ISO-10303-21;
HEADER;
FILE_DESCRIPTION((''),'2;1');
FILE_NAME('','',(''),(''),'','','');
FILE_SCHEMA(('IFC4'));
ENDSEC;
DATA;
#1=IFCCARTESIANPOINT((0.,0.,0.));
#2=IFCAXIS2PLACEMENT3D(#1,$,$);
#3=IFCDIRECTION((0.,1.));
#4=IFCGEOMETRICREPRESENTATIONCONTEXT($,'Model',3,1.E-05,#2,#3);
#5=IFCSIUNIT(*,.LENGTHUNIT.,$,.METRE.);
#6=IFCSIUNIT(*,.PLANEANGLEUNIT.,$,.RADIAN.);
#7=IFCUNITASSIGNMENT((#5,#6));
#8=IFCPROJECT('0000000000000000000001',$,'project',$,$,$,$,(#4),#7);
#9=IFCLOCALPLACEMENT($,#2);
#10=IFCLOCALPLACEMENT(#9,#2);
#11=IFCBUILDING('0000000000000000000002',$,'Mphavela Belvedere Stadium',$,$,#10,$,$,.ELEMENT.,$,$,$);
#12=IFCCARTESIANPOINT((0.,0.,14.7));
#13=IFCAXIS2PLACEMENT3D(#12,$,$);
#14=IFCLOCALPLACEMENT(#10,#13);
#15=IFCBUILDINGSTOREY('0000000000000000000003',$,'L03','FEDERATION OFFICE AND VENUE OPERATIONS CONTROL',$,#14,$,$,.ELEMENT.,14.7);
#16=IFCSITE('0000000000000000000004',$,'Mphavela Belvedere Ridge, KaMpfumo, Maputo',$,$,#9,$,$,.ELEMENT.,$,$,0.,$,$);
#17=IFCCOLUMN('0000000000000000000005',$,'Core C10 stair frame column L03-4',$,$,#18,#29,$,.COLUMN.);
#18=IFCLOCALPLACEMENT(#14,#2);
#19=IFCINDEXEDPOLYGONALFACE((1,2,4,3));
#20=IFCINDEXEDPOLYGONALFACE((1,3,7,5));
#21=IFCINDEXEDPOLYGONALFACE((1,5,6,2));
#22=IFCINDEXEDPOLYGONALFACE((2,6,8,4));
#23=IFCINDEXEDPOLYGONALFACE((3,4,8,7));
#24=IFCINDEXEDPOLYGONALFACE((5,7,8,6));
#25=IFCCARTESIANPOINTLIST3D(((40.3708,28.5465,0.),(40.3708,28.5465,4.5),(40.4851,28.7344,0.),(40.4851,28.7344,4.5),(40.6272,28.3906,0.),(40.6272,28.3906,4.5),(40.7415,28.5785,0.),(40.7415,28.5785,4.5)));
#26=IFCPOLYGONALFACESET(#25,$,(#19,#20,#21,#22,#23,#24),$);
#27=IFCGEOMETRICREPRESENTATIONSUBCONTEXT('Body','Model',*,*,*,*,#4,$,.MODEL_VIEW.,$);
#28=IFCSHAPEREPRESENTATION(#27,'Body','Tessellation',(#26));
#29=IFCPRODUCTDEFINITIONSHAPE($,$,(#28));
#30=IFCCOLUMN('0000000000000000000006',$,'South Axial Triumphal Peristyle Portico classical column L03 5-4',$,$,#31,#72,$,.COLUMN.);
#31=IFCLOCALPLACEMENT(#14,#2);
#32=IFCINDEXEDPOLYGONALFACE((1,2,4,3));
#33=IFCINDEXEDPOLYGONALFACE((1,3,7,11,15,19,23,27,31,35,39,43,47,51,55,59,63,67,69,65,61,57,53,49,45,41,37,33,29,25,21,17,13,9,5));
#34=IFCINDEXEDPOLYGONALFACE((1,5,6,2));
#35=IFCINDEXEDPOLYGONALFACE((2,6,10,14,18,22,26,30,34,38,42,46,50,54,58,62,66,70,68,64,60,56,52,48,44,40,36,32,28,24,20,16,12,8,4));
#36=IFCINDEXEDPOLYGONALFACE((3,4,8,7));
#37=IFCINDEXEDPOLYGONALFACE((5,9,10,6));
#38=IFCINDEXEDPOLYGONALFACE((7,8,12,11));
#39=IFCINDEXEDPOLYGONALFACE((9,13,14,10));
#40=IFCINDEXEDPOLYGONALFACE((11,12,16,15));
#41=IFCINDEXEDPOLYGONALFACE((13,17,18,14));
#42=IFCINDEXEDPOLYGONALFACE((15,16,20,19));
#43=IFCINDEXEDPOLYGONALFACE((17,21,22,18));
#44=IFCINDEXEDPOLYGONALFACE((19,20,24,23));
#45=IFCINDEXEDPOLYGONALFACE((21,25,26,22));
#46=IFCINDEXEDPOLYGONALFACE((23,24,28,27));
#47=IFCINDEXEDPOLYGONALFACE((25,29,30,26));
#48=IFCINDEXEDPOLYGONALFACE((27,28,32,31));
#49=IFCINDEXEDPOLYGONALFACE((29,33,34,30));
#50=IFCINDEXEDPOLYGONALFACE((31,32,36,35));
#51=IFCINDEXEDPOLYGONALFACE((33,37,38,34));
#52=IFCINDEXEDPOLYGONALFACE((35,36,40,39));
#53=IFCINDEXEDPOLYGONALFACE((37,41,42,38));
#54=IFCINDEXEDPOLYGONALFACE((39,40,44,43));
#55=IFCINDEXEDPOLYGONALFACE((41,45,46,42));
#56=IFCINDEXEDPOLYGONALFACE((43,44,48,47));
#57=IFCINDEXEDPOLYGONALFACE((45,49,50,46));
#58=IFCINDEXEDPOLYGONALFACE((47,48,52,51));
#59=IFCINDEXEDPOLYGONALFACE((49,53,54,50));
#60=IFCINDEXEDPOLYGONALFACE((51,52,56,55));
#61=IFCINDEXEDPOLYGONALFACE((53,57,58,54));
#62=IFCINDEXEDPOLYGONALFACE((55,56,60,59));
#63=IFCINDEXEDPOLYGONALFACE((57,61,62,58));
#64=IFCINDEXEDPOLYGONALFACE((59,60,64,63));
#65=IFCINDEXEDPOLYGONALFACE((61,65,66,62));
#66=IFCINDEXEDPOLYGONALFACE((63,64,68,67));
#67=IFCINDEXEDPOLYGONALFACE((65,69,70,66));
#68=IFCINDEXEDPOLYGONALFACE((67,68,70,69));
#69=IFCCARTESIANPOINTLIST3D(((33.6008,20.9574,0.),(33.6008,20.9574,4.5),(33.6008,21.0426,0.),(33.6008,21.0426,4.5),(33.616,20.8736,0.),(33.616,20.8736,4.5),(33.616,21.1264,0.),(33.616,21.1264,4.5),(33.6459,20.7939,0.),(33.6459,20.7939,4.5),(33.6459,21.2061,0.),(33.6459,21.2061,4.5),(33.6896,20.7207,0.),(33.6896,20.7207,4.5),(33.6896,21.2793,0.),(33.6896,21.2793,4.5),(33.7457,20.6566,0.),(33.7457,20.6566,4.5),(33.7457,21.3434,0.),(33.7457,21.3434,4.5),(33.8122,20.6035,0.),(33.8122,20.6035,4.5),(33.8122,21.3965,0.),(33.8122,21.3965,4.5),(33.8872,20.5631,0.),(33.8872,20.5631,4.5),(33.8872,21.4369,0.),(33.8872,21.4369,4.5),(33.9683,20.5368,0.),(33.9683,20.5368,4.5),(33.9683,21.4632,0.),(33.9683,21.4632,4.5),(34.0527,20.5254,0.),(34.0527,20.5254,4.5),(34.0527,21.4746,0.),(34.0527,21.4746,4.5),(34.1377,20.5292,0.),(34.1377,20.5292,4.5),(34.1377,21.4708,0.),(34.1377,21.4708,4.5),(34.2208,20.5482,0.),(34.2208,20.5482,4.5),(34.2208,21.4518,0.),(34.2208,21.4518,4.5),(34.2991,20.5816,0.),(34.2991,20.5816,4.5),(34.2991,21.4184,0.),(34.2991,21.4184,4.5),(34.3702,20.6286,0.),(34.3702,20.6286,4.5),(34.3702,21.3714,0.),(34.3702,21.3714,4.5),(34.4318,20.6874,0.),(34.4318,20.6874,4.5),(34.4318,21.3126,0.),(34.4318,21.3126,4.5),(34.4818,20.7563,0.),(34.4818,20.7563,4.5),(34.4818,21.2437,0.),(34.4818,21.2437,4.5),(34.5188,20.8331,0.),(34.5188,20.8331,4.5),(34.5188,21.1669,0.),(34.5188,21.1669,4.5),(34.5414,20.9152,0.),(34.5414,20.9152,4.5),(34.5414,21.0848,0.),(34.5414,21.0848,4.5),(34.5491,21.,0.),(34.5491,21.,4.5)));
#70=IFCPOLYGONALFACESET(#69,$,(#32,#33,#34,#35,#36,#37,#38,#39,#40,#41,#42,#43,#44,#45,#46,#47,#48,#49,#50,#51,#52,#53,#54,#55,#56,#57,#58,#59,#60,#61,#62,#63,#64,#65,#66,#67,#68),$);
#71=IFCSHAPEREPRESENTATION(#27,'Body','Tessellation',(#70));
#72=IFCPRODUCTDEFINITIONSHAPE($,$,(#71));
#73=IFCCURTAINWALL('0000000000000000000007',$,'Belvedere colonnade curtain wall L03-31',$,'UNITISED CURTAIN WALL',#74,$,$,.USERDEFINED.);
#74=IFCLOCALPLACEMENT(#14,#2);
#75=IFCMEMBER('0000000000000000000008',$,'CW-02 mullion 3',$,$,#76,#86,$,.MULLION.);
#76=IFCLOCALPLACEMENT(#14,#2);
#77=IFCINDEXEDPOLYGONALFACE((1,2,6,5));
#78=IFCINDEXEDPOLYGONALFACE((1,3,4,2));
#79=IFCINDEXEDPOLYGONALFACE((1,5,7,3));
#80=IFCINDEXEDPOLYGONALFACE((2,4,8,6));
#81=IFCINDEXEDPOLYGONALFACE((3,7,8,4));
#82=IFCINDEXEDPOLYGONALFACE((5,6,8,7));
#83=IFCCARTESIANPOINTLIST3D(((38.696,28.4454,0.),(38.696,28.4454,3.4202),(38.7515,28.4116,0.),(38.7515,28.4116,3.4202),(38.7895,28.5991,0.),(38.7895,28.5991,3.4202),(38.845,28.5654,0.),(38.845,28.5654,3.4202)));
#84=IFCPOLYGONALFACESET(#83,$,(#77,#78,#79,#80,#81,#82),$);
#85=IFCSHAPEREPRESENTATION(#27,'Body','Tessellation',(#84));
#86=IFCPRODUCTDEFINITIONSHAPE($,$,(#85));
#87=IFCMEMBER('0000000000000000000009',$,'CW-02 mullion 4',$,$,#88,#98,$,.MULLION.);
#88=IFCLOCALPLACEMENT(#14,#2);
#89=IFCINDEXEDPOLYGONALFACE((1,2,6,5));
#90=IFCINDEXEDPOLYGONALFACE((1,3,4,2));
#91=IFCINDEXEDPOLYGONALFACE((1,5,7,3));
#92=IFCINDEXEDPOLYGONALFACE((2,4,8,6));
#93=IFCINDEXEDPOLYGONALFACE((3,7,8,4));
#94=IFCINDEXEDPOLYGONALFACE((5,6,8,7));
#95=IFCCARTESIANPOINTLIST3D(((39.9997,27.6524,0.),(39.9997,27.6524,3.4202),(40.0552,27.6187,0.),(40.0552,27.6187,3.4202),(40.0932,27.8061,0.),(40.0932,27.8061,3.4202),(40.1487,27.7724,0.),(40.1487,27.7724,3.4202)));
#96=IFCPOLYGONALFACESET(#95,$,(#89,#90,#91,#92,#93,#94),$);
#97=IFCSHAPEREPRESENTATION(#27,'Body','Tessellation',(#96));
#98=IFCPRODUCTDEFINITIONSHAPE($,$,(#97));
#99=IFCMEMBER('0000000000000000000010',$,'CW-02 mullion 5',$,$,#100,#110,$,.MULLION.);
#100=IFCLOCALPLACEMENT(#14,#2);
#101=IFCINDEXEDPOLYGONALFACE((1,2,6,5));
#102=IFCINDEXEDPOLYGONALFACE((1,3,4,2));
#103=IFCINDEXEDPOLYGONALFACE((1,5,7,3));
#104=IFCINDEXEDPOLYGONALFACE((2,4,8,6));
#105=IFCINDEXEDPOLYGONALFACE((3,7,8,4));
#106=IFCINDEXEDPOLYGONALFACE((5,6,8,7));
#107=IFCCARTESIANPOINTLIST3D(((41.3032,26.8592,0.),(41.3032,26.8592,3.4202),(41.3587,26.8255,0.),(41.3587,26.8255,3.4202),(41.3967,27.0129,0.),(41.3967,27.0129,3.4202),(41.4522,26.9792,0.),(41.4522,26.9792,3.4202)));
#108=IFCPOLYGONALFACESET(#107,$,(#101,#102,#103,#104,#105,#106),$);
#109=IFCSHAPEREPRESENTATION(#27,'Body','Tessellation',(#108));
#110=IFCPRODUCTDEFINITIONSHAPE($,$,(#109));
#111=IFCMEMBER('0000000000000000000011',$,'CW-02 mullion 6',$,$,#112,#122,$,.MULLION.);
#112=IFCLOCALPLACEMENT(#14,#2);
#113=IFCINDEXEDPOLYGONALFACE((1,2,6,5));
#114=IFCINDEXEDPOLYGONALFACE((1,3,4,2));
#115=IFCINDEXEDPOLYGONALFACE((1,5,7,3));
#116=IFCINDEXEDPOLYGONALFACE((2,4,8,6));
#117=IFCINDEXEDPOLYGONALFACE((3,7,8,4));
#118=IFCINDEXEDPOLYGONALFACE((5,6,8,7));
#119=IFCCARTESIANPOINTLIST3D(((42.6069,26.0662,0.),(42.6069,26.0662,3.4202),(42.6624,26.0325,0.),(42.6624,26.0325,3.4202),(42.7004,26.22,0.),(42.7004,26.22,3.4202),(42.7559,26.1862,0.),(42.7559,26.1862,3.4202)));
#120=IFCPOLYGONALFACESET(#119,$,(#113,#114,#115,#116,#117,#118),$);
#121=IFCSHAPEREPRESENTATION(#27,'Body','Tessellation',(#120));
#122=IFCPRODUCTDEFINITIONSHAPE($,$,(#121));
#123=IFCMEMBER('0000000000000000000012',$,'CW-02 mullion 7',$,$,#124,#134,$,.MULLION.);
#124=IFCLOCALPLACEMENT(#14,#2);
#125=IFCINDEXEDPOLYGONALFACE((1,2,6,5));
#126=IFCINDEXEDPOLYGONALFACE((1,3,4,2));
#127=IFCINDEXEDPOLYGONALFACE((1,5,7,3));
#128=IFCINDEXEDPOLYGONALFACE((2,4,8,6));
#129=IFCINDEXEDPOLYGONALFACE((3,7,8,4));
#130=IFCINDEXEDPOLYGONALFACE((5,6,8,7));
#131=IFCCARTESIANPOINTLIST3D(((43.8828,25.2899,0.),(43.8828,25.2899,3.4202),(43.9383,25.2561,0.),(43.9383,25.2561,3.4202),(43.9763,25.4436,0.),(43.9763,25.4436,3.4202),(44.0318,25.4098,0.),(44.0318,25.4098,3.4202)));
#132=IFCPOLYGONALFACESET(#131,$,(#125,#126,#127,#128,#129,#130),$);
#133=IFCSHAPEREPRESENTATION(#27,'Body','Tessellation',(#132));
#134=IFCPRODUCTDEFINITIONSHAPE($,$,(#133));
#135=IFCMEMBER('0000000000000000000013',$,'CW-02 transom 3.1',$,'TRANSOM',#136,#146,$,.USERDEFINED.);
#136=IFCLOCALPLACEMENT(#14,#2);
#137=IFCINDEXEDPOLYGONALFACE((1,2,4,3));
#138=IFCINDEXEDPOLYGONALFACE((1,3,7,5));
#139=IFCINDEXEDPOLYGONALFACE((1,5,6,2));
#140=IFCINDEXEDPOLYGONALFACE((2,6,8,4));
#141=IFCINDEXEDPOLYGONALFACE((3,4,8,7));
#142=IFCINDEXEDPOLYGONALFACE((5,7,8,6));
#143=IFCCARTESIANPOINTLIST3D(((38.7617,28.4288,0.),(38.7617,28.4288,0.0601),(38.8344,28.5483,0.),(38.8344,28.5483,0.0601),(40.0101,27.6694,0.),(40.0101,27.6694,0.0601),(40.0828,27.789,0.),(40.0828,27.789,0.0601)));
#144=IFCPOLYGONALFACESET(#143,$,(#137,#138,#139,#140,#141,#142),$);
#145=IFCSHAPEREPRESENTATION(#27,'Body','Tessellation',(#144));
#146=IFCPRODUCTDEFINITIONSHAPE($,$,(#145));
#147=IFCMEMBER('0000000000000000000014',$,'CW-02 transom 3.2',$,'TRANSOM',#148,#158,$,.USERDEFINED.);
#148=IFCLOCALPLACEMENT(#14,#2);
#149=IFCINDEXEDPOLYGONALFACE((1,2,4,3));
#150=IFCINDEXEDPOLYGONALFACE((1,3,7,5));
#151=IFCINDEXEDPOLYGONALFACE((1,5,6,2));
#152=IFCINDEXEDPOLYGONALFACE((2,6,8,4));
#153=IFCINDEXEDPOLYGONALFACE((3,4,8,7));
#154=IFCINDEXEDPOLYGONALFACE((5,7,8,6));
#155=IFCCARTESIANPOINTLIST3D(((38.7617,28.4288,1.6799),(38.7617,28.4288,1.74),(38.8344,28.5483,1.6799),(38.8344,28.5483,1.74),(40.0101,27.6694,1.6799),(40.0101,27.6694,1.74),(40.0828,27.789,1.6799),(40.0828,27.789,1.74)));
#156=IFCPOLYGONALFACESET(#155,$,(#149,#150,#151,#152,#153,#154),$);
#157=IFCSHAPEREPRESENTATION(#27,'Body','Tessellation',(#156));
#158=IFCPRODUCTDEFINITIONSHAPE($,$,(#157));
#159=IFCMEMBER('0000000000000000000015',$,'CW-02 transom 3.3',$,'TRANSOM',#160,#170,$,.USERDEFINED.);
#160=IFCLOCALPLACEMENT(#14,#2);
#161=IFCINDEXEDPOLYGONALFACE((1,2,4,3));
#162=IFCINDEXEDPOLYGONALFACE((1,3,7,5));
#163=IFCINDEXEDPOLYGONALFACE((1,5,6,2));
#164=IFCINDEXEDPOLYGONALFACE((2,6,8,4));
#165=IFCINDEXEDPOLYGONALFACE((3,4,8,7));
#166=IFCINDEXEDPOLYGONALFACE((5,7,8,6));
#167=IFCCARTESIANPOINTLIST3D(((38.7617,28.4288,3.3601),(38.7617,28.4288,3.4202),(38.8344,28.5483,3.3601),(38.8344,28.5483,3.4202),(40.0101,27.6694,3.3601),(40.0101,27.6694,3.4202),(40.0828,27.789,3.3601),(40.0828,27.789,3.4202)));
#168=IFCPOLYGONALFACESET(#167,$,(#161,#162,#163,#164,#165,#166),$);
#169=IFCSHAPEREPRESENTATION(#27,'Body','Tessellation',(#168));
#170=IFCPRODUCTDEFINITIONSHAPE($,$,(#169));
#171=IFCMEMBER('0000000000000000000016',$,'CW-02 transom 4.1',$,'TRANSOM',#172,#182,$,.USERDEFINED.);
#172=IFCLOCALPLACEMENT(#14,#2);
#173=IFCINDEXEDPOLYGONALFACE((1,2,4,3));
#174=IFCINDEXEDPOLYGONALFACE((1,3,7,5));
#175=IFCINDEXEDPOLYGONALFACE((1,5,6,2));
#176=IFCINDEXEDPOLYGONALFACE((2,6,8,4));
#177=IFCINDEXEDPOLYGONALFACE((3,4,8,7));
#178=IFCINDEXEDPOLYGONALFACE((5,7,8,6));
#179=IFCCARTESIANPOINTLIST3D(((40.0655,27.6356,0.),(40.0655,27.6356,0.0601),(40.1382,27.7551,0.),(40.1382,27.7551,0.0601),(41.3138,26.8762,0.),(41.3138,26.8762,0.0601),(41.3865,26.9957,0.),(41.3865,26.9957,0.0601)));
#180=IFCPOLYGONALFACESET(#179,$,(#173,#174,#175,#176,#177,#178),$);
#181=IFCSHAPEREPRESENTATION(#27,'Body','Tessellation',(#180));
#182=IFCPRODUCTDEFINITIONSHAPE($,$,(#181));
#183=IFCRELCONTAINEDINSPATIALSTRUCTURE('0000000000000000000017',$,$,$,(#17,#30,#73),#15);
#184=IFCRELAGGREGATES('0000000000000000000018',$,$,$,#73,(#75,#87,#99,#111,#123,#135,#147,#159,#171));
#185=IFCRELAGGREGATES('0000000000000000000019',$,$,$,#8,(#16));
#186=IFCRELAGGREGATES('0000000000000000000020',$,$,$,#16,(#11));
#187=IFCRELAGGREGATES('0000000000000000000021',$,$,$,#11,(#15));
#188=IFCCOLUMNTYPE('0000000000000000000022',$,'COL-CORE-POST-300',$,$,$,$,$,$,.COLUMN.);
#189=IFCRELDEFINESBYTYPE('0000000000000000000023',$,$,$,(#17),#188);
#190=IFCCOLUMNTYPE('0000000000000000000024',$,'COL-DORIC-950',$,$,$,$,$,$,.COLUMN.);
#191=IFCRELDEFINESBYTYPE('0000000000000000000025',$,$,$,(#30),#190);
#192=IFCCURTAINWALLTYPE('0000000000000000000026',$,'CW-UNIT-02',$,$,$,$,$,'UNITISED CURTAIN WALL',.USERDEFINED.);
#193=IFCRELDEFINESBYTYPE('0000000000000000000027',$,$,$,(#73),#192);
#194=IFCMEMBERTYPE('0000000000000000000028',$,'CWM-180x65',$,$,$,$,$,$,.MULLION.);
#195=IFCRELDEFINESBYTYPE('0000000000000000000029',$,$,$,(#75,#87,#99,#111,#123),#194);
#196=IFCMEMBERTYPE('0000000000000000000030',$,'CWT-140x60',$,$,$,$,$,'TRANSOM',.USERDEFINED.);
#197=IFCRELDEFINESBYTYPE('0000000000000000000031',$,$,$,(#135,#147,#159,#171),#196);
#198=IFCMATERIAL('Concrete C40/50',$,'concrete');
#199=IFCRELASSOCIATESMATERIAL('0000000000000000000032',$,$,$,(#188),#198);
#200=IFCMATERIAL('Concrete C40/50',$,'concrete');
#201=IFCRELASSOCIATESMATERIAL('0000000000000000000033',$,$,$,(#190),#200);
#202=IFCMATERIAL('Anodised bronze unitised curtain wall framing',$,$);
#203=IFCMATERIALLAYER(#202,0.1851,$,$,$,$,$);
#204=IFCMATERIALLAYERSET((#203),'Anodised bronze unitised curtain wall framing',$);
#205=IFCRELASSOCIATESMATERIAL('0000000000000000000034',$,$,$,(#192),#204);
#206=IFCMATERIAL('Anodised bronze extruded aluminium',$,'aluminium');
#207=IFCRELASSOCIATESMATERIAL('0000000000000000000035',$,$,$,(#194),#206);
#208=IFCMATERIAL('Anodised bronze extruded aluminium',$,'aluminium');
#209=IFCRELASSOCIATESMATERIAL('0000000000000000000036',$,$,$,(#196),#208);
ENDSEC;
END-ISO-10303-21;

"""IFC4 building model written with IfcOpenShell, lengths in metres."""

from ifc_helpers import new_model, si_unit, direction, frame, origin, origin_2d, place, context, subcontext, project, spatial, rectangle, circle, extrude, material, layer, layer_set, material_profile, profile_set, type_object, element, aggregate, save


model = new_model("IFC4")

# Units and contexts
model_context = context("Model", 3, precision=1e-05, world=origin(), true_north=direction((0.0, 1.0)))
body_context = subcontext(model_context, "Body", "Model", "MODEL_VIEW")
ifc_project = project(units=[si_unit("LENGTHUNIT", "METRE"), si_unit("PLANEANGLEUNIT", "RADIAN")], contexts=[model_context])

# Site, building, storey
site_placement = place(None, origin())
site = spatial("IfcSite", under=ifc_project, at=site_placement, Name="Mphavela Belvedere Ridge, KaMpfumo, Maputo", CompositionType="ELEMENT", RefElevation=0.0)
building_placement = place(site_placement, origin())
building = spatial("IfcBuilding", under=site, at=building_placement, Name="Mphavela Belvedere Stadium", CompositionType="ELEMENT")
storey_placement = place(building_placement, frame((0.0, 0.0, 14.7)))
storey = spatial("IfcBuildingStorey", under=building, at=storey_placement, Name="L03", Description="FEDERATION OFFICE AND VENUE OPERATIONS CONTROL", CompositionType="ELEMENT", Elevation=14.7)

# Columns
ifc_material_1 = material(Name="Concrete C40/50", Category="concrete")
ifc_material_profile_1 = material_profile(ifc_material_1, rectangle(XDim=0.3, YDim=0.22, at=origin_2d()), Name="RC 300x220")
ifc_profile_set_1 = profile_set([ifc_material_profile_1], Name="Concrete C40/50")
column_type_1 = type_object("IfcColumnType", Name="COL-CORE-POST-300", PredefinedType="COLUMN", material=ifc_profile_set_1)
column_1_placement = place(storey_placement, frame((40.5562, 28.5625, 0.0), z_axis=(0.0, 0.0, 1.0), x_axis=(-0.854368, 0.519668, 0.0)))
element("IfcColumn", 1, at=column_1_placement, inside=storey, type_object=column_type_1, Name="Core C10 stair frame column L03-4", PredefinedType="COLUMN", context=body_context, shape_type="SweptSolid", body=[
    extrude(rectangle(XDim=0.3, YDim=0.22, at=origin_2d()), origin(), (0.0, 0.0, 1.0), 4.5),
])
ifc_material_2 = material(Name="Concrete C40/50", Category="concrete")
ifc_material_profile_2 = material_profile(ifc_material_2, circle(Radius=0.4751, at=origin_2d()), Name="COL D950")
ifc_profile_set_2 = profile_set([ifc_material_profile_2], Name="Concrete C40/50")
column_type_2 = type_object("IfcColumnType", Name="COL-DORIC-950", PredefinedType="COLUMN", material=ifc_profile_set_2)
column_2_placement = place(storey_placement, frame((34.074, 21.0, 0.0), z_axis=(0.0, 0.0, 1.0), x_axis=(1.0, 0.0, 0.0)))
element("IfcColumn", 2, at=column_2_placement, inside=storey, type_object=column_type_2, Name="South Axial Triumphal Peristyle Portico classical column L03 5-4", PredefinedType="COLUMN", context=body_context, shape_type="SweptSolid", body=[
    extrude(circle(Radius=0.4751, at=origin_2d()), origin(), (0.0, 0.0, 1.0), 4.5),
])

# Curtain wall, members
ifc_material_3 = material(Name="Anodised bronze unitised curtain wall framing")
ifc_layer_1 = layer(ifc_material_3, 0.1851)
ifc_layer_set_1 = layer_set([ifc_layer_1], Name="Anodised bronze unitised curtain wall framing")
curtain_wall_type = type_object("IfcCurtainWallType", Name="CW-UNIT-02", ElementType="UNITISED CURTAIN WALL", PredefinedType="USERDEFINED", material=ifc_layer_set_1)
curtain_wall_placement = place(storey_placement, origin())
curtain_wall = element("IfcCurtainWall", 3, at=curtain_wall_placement, inside=storey, type_object=curtain_wall_type, Name="Belvedere colonnade curtain wall L03-31", ObjectType="UNITISED CURTAIN WALL", PredefinedType="USERDEFINED")
ifc_material_4 = material(Name="Anodised bronze extruded aluminium", Category="aluminium")
ifc_material_profile_3 = material_profile(ifc_material_4, rectangle(XDim=0.1799, YDim=0.0649, at=origin_2d()), Name="CW-MUL 180x65")
ifc_profile_set_3 = profile_set([ifc_material_profile_3], Name="Anodised bronze extruded aluminium")
member_type_1 = type_object("IfcMemberType", Name="CWM-180x65", PredefinedType="MULLION", material=ifc_profile_set_3)
member_1_placement = place(storey_placement, frame((38.7705, 28.5054, 0.0), z_axis=(0.0, 0.0, 1.0), x_axis=(0.519738, 0.854325, 0.0)))
member_1 = element("IfcMember", 4, at=member_1_placement, type_object=member_type_1, Name="CW-02 mullion 3", PredefinedType="MULLION", context=body_context, shape_type="SweptSolid", body=[
    extrude(rectangle(XDim=0.1799, YDim=0.0649, at=origin_2d()), origin(), (0.0, 0.0, 1.0), 3.4202),
])
member_2_placement = place(storey_placement, frame((40.0742, 27.7124, 0.0), z_axis=(0.0, 0.0, 1.0), x_axis=(0.519738, 0.854325, 0.0)))
member_2 = element("IfcMember", 5, at=member_2_placement, type_object=member_type_1, Name="CW-02 mullion 4", PredefinedType="MULLION", context=body_context, shape_type="SweptSolid", body=[
    extrude(rectangle(XDim=0.1799, YDim=0.0649, at=origin_2d()), origin(), (0.0, 0.0, 1.0), 3.4202),
])
member_3_placement = place(storey_placement, frame((41.3777, 26.9192, 0.0), z_axis=(0.0, 0.0, 1.0), x_axis=(0.519738, 0.854325, 0.0)))
member_3 = element("IfcMember", 6, at=member_3_placement, type_object=member_type_1, Name="CW-02 mullion 5", PredefinedType="MULLION", context=body_context, shape_type="SweptSolid", body=[
    extrude(rectangle(XDim=0.1799, YDim=0.0649, at=origin_2d()), origin(), (0.0, 0.0, 1.0), 3.4202),
])
member_4_placement = place(storey_placement, frame((42.6814, 26.1262, 0.0), z_axis=(0.0, 0.0, 1.0), x_axis=(0.519738, 0.854325, 0.0)))
member_4 = element("IfcMember", 7, at=member_4_placement, type_object=member_type_1, Name="CW-02 mullion 6", PredefinedType="MULLION", context=body_context, shape_type="SweptSolid", body=[
    extrude(rectangle(XDim=0.1799, YDim=0.0649, at=origin_2d()), origin(), (0.0, 0.0, 1.0), 3.4202),
])
member_5_placement = place(storey_placement, frame((43.9573, 25.3499, 0.0), z_axis=(0.0, 0.0, 1.0), x_axis=(0.519738, 0.854325, 0.0)))
member_5 = element("IfcMember", 8, at=member_5_placement, type_object=member_type_1, Name="CW-02 mullion 7", PredefinedType="MULLION", context=body_context, shape_type="SweptSolid", body=[
    extrude(rectangle(XDim=0.1799, YDim=0.0649, at=origin_2d()), origin(), (0.0, 0.0, 1.0), 3.4202),
])
ifc_material_5 = material(Name="Anodised bronze extruded aluminium", Category="aluminium")
ifc_material_profile_4 = material_profile(ifc_material_5, rectangle(XDim=0.1399, YDim=0.0601, at=origin_2d()), Name="CW-TRN 140x60")
ifc_profile_set_4 = profile_set([ifc_material_profile_4], Name="Anodised bronze extruded aluminium")
member_type_2 = type_object("IfcMemberType", Name="CWT-140x60", ElementType="TRANSOM", PredefinedType="USERDEFINED", material=ifc_profile_set_4)
member_6_placement = place(storey_placement, frame((38.7981, 28.4885, 0.03), z_axis=(0.854366, -0.519671, 0.0), x_axis=(0.519671, 0.854366, 0.0)))
member_6 = element("IfcMember", 9, at=member_6_placement, type_object=member_type_2, Name="CW-02 transom 3.1", ObjectType="TRANSOM", PredefinedType="USERDEFINED", context=body_context, shape_type="SweptSolid", body=[
    extrude(rectangle(XDim=0.1399, YDim=0.0601, at=origin_2d()), origin(), (0.0, 0.0, 1.0), 1.4612),
])
member_7_placement = place(storey_placement, frame((38.7981, 28.4885, 1.71), z_axis=(0.854366, -0.519671, 0.0), x_axis=(0.519671, 0.854366, 0.0)))
member_7 = element("IfcMember", 10, at=member_7_placement, type_object=member_type_2, Name="CW-02 transom 3.2", ObjectType="TRANSOM", PredefinedType="USERDEFINED", context=body_context, shape_type="SweptSolid", body=[
    extrude(rectangle(XDim=0.1399, YDim=0.0601, at=origin_2d()), origin(), (0.0, 0.0, 1.0), 1.4612),
])
member_8_placement = place(storey_placement, frame((38.7981, 28.4885, 3.3901), z_axis=(0.854366, -0.519671, 0.0), x_axis=(0.519671, 0.854366, 0.0)))
member_8 = element("IfcMember", 11, at=member_8_placement, type_object=member_type_2, Name="CW-02 transom 3.3", ObjectType="TRANSOM", PredefinedType="USERDEFINED", context=body_context, shape_type="SweptSolid", body=[
    extrude(rectangle(XDim=0.1399, YDim=0.0601, at=origin_2d()), origin(), (0.0, 0.0, 1.0), 1.4612),
])
member_9_placement = place(storey_placement, frame((40.1018, 27.6953, 0.03), z_axis=(0.854366, -0.519671, 0.0), x_axis=(0.519671, 0.854366, 0.0)))
member_9 = element("IfcMember", 12, at=member_9_placement, type_object=member_type_2, Name="CW-02 transom 4.1", ObjectType="TRANSOM", PredefinedType="USERDEFINED", context=body_context, shape_type="SweptSolid", body=[
    extrude(rectangle(XDim=0.1399, YDim=0.0601, at=origin_2d()), origin(), (0.0, 0.0, 1.0), 1.4612),
])
aggregate(curtain_wall, [member_1, member_2, member_3, member_4, member_5, member_6, member_7, member_8, member_9])

save(model, "model.ifc")
